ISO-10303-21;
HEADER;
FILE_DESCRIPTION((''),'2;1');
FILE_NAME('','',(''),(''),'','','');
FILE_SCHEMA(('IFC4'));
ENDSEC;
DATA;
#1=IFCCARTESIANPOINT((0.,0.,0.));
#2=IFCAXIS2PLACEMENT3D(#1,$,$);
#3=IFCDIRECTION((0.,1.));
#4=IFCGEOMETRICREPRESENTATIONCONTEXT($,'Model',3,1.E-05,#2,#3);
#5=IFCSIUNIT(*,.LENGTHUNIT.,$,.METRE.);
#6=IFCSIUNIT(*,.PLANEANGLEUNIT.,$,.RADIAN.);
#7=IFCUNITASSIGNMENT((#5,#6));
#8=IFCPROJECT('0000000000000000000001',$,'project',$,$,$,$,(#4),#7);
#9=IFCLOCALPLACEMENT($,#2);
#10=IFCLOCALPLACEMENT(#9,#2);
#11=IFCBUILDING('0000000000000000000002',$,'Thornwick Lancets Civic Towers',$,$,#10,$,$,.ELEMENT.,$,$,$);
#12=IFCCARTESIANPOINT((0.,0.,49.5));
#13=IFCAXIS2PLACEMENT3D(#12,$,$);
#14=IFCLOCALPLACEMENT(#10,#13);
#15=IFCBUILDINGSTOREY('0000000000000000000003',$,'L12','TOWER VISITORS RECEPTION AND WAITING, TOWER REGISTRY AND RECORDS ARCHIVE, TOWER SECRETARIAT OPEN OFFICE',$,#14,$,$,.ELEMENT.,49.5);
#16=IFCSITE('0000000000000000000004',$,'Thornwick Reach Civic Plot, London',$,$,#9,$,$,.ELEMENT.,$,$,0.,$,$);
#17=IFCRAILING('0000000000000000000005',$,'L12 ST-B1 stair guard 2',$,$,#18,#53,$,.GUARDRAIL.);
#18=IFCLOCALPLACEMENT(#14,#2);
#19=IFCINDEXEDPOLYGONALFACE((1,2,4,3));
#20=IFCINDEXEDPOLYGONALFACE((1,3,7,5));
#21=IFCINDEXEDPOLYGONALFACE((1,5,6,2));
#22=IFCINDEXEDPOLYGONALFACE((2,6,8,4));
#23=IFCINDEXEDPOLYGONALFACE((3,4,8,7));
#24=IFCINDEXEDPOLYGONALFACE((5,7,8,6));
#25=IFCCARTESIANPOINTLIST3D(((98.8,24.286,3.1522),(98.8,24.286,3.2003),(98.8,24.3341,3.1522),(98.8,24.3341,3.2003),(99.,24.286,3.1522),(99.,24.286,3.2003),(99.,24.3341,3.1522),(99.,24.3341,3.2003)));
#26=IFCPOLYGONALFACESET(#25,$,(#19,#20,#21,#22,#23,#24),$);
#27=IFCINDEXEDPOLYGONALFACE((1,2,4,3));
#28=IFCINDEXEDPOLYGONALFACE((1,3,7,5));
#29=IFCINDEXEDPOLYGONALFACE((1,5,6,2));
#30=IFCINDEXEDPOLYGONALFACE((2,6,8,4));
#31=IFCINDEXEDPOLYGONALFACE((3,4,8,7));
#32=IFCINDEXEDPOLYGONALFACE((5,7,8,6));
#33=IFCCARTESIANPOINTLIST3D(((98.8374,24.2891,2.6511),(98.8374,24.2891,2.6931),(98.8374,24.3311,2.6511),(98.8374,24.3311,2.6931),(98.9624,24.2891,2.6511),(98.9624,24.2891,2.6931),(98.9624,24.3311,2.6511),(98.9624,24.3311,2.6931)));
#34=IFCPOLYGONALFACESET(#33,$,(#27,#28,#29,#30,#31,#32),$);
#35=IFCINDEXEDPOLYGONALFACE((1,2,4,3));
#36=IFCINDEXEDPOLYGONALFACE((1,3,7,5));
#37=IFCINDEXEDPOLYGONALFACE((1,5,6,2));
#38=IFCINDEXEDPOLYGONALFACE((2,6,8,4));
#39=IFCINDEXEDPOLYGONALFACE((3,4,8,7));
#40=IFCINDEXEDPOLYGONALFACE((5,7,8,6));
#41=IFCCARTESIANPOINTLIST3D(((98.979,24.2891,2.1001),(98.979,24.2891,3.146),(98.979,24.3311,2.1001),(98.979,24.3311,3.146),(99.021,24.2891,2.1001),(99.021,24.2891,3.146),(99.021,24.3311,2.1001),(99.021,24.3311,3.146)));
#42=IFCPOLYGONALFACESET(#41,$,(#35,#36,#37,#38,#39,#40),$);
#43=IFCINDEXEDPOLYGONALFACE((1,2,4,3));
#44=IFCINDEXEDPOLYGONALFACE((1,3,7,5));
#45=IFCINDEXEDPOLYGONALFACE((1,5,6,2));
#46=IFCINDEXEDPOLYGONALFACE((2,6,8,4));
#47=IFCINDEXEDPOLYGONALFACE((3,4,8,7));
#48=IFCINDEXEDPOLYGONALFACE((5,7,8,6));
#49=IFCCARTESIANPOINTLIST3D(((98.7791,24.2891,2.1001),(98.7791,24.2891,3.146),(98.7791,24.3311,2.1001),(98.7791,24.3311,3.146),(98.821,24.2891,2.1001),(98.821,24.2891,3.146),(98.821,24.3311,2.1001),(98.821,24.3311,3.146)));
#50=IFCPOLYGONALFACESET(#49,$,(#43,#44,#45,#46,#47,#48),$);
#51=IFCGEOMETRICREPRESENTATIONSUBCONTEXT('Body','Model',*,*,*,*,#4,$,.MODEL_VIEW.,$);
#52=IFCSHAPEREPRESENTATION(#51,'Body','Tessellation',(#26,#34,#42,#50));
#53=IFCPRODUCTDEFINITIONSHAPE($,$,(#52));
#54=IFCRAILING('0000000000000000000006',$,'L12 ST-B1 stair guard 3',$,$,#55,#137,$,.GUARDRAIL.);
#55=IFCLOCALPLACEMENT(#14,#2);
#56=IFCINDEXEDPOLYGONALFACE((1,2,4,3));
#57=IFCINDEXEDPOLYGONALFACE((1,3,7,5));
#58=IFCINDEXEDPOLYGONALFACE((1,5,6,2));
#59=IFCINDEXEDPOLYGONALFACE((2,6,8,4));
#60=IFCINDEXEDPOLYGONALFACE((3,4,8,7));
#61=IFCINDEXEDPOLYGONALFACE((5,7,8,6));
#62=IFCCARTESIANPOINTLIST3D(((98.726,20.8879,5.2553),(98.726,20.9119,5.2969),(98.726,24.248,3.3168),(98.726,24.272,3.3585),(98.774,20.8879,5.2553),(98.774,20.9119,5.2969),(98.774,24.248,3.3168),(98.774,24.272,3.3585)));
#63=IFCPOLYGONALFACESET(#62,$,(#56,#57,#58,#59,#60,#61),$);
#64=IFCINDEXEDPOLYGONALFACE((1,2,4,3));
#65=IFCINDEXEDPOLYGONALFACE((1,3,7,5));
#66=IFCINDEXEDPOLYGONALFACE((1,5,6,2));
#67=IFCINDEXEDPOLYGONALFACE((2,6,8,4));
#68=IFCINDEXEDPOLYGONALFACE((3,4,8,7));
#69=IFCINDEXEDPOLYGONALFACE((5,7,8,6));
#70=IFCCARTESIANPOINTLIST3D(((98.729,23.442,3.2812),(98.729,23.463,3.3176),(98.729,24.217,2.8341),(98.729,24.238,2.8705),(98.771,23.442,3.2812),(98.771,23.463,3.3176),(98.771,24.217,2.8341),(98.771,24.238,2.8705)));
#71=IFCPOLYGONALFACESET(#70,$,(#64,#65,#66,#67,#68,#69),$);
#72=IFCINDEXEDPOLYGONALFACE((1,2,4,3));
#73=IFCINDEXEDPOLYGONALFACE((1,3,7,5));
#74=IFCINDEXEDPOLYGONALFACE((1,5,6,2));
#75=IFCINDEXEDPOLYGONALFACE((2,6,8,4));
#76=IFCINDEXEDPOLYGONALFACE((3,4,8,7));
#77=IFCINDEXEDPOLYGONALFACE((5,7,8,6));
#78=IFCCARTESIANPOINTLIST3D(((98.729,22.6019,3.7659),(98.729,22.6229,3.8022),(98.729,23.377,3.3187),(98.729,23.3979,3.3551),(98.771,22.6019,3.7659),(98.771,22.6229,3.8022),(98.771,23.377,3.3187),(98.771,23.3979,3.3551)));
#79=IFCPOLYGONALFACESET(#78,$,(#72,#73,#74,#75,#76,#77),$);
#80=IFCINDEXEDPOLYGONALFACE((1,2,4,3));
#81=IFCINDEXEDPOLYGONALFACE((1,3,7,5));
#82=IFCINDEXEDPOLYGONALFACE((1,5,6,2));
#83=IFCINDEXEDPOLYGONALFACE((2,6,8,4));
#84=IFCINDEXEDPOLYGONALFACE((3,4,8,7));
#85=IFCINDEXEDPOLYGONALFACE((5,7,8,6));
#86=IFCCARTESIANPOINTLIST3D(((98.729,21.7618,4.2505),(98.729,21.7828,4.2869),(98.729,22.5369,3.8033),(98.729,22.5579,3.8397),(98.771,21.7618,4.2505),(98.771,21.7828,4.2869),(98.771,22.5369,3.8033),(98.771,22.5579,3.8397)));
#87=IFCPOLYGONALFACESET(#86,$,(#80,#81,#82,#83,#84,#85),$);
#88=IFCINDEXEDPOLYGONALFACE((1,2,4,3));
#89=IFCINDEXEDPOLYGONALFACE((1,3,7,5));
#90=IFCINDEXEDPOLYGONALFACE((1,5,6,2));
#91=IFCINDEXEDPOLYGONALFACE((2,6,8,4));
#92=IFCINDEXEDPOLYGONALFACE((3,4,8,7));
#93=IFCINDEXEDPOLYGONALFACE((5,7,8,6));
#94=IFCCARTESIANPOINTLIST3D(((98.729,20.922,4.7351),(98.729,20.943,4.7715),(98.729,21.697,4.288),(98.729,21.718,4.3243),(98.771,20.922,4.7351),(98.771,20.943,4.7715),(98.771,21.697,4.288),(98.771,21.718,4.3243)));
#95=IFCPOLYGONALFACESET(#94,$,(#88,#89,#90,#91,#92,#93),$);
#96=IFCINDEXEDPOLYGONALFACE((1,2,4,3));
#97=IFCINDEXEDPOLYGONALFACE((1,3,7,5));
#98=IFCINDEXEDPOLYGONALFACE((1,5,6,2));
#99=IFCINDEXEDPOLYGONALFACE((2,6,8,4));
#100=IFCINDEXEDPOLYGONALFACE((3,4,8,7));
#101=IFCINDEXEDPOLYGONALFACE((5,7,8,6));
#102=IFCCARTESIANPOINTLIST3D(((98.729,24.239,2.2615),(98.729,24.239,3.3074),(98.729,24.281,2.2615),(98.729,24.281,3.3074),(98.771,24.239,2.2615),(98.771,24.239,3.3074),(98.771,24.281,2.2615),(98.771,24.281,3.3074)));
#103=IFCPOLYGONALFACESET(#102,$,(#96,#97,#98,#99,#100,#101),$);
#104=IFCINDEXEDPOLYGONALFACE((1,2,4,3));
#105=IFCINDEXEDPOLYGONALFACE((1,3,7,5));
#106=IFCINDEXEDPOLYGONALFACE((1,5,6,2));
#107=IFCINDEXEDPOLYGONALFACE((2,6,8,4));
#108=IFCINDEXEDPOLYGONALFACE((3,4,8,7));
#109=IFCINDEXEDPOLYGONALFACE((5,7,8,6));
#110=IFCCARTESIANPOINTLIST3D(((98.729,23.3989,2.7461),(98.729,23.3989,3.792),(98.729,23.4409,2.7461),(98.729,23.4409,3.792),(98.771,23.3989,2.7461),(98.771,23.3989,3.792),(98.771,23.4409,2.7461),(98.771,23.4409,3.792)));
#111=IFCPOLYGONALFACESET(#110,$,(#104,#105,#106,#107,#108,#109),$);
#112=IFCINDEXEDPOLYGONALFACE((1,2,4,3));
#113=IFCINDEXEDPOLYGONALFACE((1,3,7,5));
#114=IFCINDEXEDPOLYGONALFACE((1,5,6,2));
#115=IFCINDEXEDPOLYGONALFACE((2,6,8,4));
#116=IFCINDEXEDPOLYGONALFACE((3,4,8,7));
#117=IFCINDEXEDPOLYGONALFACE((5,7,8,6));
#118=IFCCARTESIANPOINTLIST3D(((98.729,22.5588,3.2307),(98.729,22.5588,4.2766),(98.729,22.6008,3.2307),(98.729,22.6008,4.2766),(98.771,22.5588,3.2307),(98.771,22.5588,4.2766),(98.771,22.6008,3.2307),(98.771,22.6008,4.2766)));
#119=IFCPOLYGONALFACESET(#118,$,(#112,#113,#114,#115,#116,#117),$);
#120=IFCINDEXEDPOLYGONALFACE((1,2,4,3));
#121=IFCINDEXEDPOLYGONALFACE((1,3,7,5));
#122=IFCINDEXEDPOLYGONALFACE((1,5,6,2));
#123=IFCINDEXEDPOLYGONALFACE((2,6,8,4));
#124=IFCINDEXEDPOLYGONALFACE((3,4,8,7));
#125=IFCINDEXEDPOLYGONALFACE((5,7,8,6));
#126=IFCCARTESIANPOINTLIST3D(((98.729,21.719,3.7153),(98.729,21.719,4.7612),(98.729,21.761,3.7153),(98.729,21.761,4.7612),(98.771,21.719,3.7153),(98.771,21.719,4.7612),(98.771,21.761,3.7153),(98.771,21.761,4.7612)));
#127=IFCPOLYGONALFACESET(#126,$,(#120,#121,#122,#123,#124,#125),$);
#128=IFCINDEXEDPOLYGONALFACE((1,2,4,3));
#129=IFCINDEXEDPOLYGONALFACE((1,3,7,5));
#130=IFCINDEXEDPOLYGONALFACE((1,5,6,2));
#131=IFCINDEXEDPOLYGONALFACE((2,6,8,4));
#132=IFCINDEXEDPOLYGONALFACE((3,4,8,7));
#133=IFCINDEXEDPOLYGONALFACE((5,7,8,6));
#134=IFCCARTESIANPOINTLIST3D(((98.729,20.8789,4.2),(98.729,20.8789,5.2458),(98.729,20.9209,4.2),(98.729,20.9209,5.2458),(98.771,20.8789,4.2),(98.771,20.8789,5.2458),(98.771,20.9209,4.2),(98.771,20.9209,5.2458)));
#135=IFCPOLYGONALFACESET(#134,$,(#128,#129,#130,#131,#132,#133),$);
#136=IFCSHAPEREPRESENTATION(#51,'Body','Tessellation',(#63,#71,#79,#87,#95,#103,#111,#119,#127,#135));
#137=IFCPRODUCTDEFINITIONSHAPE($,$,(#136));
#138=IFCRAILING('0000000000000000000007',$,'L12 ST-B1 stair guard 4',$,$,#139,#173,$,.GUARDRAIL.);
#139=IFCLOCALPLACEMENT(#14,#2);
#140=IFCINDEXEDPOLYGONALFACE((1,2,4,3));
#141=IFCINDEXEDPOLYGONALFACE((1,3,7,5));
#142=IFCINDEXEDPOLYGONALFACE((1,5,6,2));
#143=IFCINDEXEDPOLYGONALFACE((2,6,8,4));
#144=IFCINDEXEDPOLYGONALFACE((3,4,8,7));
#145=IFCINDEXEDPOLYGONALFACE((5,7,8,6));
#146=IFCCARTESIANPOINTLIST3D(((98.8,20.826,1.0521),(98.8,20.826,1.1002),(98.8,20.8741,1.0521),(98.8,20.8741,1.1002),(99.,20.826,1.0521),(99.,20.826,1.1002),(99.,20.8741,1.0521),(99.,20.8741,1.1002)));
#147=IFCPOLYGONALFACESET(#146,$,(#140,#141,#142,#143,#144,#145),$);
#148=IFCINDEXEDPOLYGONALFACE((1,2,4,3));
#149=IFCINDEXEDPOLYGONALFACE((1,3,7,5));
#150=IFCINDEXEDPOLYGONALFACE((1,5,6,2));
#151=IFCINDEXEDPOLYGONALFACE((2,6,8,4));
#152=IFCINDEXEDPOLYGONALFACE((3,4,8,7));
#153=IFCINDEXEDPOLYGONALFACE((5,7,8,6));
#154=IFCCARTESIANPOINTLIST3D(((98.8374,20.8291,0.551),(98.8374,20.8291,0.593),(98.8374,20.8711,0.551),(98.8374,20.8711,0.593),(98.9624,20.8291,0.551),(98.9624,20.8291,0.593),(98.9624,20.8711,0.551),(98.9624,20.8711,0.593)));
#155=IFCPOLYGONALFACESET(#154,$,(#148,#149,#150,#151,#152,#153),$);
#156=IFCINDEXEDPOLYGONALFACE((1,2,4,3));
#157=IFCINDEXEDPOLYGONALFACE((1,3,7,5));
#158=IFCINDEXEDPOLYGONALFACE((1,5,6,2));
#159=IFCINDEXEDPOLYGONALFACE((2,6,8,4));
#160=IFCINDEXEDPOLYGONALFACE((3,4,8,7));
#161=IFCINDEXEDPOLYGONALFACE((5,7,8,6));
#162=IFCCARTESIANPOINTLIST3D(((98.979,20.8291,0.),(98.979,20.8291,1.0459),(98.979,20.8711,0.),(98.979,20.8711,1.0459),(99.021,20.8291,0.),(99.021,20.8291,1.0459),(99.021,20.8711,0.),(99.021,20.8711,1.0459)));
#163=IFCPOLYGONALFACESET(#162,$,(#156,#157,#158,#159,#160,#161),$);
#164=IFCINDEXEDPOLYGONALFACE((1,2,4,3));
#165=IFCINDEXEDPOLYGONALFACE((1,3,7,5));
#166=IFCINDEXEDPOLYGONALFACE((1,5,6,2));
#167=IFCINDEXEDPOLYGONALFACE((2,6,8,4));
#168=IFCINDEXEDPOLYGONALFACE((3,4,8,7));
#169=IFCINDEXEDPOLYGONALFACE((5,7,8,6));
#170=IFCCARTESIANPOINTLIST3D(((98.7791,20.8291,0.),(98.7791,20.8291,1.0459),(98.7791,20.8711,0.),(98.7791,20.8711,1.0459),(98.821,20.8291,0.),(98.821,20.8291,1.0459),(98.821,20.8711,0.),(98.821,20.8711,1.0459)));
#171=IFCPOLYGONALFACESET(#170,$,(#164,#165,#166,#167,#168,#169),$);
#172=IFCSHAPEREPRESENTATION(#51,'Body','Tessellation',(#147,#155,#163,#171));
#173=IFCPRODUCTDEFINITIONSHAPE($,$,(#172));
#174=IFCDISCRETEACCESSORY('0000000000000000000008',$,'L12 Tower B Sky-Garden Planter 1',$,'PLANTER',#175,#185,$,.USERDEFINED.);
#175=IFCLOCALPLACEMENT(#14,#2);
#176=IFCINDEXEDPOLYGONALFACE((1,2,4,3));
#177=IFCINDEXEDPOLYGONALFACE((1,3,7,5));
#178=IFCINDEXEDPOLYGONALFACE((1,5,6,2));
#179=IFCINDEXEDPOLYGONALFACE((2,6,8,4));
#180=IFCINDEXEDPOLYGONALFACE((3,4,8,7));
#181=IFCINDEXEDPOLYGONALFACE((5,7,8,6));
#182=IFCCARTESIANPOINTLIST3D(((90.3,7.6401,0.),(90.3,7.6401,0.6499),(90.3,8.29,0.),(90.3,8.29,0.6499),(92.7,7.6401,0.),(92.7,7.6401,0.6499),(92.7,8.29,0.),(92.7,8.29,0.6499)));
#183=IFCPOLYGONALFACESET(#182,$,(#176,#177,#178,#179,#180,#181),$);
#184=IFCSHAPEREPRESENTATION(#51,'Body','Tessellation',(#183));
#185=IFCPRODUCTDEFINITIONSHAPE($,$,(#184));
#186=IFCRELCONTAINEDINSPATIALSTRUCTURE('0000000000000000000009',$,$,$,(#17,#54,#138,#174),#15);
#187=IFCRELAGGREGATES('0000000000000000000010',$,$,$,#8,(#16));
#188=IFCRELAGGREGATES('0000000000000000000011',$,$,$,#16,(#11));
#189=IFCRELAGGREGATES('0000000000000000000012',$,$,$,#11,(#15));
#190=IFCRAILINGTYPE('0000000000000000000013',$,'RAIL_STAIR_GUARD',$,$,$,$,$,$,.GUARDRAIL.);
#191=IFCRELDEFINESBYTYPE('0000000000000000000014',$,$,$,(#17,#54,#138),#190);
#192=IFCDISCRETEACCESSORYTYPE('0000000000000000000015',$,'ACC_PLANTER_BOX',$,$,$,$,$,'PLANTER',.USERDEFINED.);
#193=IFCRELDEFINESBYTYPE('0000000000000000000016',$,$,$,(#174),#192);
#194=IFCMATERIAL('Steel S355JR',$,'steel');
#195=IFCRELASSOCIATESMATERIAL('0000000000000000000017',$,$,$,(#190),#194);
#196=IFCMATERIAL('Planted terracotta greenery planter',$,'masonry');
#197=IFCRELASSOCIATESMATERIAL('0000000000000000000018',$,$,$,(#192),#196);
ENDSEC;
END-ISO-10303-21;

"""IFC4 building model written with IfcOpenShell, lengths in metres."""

from ifc_helpers import new_model, si_unit, direction, frame, origin, origin_2d, place, context, subcontext, project, spatial, rectangle, extrude, material, type_object, element, save


model = new_model("IFC4")

# Units and contexts
model_context = context("Model", 3, precision=1e-05, world=origin(), true_north=direction((0.0, 1.0)))
body_context = subcontext(model_context, "Body", "Model", "MODEL_VIEW")
ifc_project = project(units=[si_unit("LENGTHUNIT", "METRE"), si_unit("PLANEANGLEUNIT", "RADIAN")], contexts=[model_context])

# Site, building, storey
site_placement = place(None, origin())
site = spatial("IfcSite", under=ifc_project, at=site_placement, Name="Thornwick Reach Civic Plot, London", CompositionType="ELEMENT", RefElevation=0.0)
building_placement = place(site_placement, origin())
building = spatial("IfcBuilding", under=site, at=building_placement, Name="Thornwick Lancets Civic Towers", CompositionType="ELEMENT")
storey_placement = place(building_placement, frame((0.0, 0.0, 49.5)))
storey = spatial("IfcBuildingStorey", under=building, at=storey_placement, Name="L12", Description="TOWER VISITORS RECEPTION AND WAITING, TOWER REGISTRY AND RECORDS ARCHIVE, TOWER SECRETARIAT OPEN OFFICE", CompositionType="ELEMENT", Elevation=49.5)

# Shared definitions
ifc_material_1 = material(Name="Steel S355JR", Category="steel")

# Railings
railing_type_1 = type_object("IfcRailingType", Name="RAIL_STAIR_GUARD", PredefinedType="GUARDRAIL", material=ifc_material_1)
railing_1_placement = place(storey_placement, frame((99.0, 24.3101, 2.1001)))
element("IfcRailing", 1, at=railing_1_placement, inside=storey, type_object=railing_type_1, Name="L12 ST-B1 stair guard 2", PredefinedType="GUARDRAIL", context=body_context, shape_type="SweptSolid", body=[
    extrude(rectangle(XDim=0.0481, YDim=0.0481, at=origin_2d()), frame((0.0, 0.0, 1.0762), z_axis=(-1.0, 0.0, 0.0), x_axis=(0.0, -1.0, 0.0)), (0.0, 0.0, 1.0), 0.2),
    extrude(rectangle(XDim=0.042, YDim=0.042, at=origin_2d()), frame((-0.0376, 0.0, 0.572), z_axis=(-1.0, 0.0, 0.0), x_axis=(0.0, -1.0, 0.0)), (0.0, 0.0, 1.0), 0.125),
    extrude(rectangle(XDim=0.042, YDim=0.042, at=origin_2d()), origin(), (0.0, 0.0, 1.0), 1.0459),
    extrude(rectangle(XDim=0.042, YDim=0.042, at=origin_2d()), frame((-0.2, 0.0, 0.0)), (0.0, 0.0, 1.0), 1.0459),
])
railing_2_placement = place(storey_placement, frame((98.75, 24.26, 2.2615)))
element("IfcRailing", 2, at=railing_2_placement, inside=storey, type_object=railing_type_1, Name="L12 ST-B1 stair guard 3", PredefinedType="GUARDRAIL", context=body_context, shape_type="SweptSolid", body=[
    extrude(rectangle(XDim=0.0481, YDim=0.0481, at=origin_2d()), frame((0.0, 0.0, 1.0762), z_axis=(0.0, -0.866191, 0.499713), x_axis=(1.0, 0.0, 0.0)), (0.0, 0.0, 1.0), 3.8792),
    extrude(rectangle(XDim=0.042, YDim=0.042, at=origin_2d()), frame((0.0, -0.0325, 0.5908), z_axis=(0.0, -0.866191, 0.499713), x_axis=(1.0, 0.0, 0.0)), (0.0, 0.0, 1.0), 0.8948),
    extrude(rectangle(XDim=0.042, YDim=0.042, at=origin_2d()), frame((0.0, -0.8726, 1.0754), z_axis=(0.0, -0.866191, 0.499713), x_axis=(1.0, 0.0, 0.0)), (0.0, 0.0, 1.0), 0.8948),
    extrude(rectangle(XDim=0.042, YDim=0.042, at=origin_2d()), frame((0.0, -1.7126, 1.5601), z_axis=(0.0, -0.866191, 0.499713), x_axis=(1.0, 0.0, 0.0)), (0.0, 0.0, 1.0), 0.8948),
    extrude(rectangle(XDim=0.042, YDim=0.042, at=origin_2d()), frame((0.0, -2.5525, 2.0447), z_axis=(0.0, -0.866191, 0.499713), x_axis=(1.0, 0.0, 0.0)), (0.0, 0.0, 1.0), 0.8948),
    extrude(rectangle(XDim=0.042, YDim=0.042, at=origin_2d()), origin(), (0.0, 0.0, 1.0), 1.0459),
    extrude(rectangle(XDim=0.042, YDim=0.042, at=origin_2d()), frame((0.0, -0.8401, 0.4846)), (0.0, 0.0, 1.0), 1.0459),
    extrude(rectangle(XDim=0.042, YDim=0.042, at=origin_2d()), frame((0.0, -1.6802, 0.9692)), (0.0, 0.0, 1.0), 1.0459),
    extrude(rectangle(XDim=0.042, YDim=0.042, at=origin_2d()), frame((0.0, -2.52, 1.4539)), (0.0, 0.0, 1.0), 1.0459),
    extrude(rectangle(XDim=0.042, YDim=0.042, at=origin_2d()), frame((0.0, -3.3601, 1.9385)), (0.0, 0.0, 1.0), 1.0459),
])
railing_3_placement = place(storey_placement, frame((99.0, 20.8501, 0.0)))
element("IfcRailing", 3, at=railing_3_placement, inside=storey, type_object=railing_type_1, Name="L12 ST-B1 stair guard 4", PredefinedType="GUARDRAIL", context=body_context, shape_type="SweptSolid", body=[
    extrude(rectangle(XDim=0.0481, YDim=0.0481, at=origin_2d()), frame((0.0, 0.0, 1.0762), z_axis=(-1.0, 0.0, 0.0), x_axis=(0.0, -1.0, 0.0)), (0.0, 0.0, 1.0), 0.2),
    extrude(rectangle(XDim=0.042, YDim=0.042, at=origin_2d()), frame((-0.0376, 0.0, 0.572), z_axis=(-1.0, 0.0, 0.0), x_axis=(0.0, -1.0, 0.0)), (0.0, 0.0, 1.0), 0.125),
    extrude(rectangle(XDim=0.042, YDim=0.042, at=origin_2d()), origin(), (0.0, 0.0, 1.0), 1.0459),
    extrude(rectangle(XDim=0.042, YDim=0.042, at=origin_2d()), frame((-0.2, 0.0, 0.0)), (0.0, 0.0, 1.0), 1.0459),
])

# Discrete accessory
ifc_material_2 = material(Name="Planted terracotta greenery planter", Category="masonry")
discrete_accessory_type = type_object("IfcDiscreteAccessoryType", Name="ACC_PLANTER_BOX", ElementType="PLANTER", PredefinedType="USERDEFINED", material=ifc_material_2)
discrete_accessory_placement = place(storey_placement, frame((91.5, 7.9651, 0.0), z_axis=(0.0, 0.0, 1.0), x_axis=(1.0, 0.0, 0.0)))
element("IfcDiscreteAccessory", 4, at=discrete_accessory_placement, inside=storey, type_object=discrete_accessory_type, Name="L12 Tower B Sky-Garden Planter 1", ObjectType="PLANTER", PredefinedType="USERDEFINED", context=body_context, shape_type="SweptSolid", body=[
    extrude(rectangle(XDim=2.3999, YDim=0.6499, at=origin_2d()), origin(), (0.0, 0.0, 1.0), 0.6499),
])

save(model, "model.ifc")
